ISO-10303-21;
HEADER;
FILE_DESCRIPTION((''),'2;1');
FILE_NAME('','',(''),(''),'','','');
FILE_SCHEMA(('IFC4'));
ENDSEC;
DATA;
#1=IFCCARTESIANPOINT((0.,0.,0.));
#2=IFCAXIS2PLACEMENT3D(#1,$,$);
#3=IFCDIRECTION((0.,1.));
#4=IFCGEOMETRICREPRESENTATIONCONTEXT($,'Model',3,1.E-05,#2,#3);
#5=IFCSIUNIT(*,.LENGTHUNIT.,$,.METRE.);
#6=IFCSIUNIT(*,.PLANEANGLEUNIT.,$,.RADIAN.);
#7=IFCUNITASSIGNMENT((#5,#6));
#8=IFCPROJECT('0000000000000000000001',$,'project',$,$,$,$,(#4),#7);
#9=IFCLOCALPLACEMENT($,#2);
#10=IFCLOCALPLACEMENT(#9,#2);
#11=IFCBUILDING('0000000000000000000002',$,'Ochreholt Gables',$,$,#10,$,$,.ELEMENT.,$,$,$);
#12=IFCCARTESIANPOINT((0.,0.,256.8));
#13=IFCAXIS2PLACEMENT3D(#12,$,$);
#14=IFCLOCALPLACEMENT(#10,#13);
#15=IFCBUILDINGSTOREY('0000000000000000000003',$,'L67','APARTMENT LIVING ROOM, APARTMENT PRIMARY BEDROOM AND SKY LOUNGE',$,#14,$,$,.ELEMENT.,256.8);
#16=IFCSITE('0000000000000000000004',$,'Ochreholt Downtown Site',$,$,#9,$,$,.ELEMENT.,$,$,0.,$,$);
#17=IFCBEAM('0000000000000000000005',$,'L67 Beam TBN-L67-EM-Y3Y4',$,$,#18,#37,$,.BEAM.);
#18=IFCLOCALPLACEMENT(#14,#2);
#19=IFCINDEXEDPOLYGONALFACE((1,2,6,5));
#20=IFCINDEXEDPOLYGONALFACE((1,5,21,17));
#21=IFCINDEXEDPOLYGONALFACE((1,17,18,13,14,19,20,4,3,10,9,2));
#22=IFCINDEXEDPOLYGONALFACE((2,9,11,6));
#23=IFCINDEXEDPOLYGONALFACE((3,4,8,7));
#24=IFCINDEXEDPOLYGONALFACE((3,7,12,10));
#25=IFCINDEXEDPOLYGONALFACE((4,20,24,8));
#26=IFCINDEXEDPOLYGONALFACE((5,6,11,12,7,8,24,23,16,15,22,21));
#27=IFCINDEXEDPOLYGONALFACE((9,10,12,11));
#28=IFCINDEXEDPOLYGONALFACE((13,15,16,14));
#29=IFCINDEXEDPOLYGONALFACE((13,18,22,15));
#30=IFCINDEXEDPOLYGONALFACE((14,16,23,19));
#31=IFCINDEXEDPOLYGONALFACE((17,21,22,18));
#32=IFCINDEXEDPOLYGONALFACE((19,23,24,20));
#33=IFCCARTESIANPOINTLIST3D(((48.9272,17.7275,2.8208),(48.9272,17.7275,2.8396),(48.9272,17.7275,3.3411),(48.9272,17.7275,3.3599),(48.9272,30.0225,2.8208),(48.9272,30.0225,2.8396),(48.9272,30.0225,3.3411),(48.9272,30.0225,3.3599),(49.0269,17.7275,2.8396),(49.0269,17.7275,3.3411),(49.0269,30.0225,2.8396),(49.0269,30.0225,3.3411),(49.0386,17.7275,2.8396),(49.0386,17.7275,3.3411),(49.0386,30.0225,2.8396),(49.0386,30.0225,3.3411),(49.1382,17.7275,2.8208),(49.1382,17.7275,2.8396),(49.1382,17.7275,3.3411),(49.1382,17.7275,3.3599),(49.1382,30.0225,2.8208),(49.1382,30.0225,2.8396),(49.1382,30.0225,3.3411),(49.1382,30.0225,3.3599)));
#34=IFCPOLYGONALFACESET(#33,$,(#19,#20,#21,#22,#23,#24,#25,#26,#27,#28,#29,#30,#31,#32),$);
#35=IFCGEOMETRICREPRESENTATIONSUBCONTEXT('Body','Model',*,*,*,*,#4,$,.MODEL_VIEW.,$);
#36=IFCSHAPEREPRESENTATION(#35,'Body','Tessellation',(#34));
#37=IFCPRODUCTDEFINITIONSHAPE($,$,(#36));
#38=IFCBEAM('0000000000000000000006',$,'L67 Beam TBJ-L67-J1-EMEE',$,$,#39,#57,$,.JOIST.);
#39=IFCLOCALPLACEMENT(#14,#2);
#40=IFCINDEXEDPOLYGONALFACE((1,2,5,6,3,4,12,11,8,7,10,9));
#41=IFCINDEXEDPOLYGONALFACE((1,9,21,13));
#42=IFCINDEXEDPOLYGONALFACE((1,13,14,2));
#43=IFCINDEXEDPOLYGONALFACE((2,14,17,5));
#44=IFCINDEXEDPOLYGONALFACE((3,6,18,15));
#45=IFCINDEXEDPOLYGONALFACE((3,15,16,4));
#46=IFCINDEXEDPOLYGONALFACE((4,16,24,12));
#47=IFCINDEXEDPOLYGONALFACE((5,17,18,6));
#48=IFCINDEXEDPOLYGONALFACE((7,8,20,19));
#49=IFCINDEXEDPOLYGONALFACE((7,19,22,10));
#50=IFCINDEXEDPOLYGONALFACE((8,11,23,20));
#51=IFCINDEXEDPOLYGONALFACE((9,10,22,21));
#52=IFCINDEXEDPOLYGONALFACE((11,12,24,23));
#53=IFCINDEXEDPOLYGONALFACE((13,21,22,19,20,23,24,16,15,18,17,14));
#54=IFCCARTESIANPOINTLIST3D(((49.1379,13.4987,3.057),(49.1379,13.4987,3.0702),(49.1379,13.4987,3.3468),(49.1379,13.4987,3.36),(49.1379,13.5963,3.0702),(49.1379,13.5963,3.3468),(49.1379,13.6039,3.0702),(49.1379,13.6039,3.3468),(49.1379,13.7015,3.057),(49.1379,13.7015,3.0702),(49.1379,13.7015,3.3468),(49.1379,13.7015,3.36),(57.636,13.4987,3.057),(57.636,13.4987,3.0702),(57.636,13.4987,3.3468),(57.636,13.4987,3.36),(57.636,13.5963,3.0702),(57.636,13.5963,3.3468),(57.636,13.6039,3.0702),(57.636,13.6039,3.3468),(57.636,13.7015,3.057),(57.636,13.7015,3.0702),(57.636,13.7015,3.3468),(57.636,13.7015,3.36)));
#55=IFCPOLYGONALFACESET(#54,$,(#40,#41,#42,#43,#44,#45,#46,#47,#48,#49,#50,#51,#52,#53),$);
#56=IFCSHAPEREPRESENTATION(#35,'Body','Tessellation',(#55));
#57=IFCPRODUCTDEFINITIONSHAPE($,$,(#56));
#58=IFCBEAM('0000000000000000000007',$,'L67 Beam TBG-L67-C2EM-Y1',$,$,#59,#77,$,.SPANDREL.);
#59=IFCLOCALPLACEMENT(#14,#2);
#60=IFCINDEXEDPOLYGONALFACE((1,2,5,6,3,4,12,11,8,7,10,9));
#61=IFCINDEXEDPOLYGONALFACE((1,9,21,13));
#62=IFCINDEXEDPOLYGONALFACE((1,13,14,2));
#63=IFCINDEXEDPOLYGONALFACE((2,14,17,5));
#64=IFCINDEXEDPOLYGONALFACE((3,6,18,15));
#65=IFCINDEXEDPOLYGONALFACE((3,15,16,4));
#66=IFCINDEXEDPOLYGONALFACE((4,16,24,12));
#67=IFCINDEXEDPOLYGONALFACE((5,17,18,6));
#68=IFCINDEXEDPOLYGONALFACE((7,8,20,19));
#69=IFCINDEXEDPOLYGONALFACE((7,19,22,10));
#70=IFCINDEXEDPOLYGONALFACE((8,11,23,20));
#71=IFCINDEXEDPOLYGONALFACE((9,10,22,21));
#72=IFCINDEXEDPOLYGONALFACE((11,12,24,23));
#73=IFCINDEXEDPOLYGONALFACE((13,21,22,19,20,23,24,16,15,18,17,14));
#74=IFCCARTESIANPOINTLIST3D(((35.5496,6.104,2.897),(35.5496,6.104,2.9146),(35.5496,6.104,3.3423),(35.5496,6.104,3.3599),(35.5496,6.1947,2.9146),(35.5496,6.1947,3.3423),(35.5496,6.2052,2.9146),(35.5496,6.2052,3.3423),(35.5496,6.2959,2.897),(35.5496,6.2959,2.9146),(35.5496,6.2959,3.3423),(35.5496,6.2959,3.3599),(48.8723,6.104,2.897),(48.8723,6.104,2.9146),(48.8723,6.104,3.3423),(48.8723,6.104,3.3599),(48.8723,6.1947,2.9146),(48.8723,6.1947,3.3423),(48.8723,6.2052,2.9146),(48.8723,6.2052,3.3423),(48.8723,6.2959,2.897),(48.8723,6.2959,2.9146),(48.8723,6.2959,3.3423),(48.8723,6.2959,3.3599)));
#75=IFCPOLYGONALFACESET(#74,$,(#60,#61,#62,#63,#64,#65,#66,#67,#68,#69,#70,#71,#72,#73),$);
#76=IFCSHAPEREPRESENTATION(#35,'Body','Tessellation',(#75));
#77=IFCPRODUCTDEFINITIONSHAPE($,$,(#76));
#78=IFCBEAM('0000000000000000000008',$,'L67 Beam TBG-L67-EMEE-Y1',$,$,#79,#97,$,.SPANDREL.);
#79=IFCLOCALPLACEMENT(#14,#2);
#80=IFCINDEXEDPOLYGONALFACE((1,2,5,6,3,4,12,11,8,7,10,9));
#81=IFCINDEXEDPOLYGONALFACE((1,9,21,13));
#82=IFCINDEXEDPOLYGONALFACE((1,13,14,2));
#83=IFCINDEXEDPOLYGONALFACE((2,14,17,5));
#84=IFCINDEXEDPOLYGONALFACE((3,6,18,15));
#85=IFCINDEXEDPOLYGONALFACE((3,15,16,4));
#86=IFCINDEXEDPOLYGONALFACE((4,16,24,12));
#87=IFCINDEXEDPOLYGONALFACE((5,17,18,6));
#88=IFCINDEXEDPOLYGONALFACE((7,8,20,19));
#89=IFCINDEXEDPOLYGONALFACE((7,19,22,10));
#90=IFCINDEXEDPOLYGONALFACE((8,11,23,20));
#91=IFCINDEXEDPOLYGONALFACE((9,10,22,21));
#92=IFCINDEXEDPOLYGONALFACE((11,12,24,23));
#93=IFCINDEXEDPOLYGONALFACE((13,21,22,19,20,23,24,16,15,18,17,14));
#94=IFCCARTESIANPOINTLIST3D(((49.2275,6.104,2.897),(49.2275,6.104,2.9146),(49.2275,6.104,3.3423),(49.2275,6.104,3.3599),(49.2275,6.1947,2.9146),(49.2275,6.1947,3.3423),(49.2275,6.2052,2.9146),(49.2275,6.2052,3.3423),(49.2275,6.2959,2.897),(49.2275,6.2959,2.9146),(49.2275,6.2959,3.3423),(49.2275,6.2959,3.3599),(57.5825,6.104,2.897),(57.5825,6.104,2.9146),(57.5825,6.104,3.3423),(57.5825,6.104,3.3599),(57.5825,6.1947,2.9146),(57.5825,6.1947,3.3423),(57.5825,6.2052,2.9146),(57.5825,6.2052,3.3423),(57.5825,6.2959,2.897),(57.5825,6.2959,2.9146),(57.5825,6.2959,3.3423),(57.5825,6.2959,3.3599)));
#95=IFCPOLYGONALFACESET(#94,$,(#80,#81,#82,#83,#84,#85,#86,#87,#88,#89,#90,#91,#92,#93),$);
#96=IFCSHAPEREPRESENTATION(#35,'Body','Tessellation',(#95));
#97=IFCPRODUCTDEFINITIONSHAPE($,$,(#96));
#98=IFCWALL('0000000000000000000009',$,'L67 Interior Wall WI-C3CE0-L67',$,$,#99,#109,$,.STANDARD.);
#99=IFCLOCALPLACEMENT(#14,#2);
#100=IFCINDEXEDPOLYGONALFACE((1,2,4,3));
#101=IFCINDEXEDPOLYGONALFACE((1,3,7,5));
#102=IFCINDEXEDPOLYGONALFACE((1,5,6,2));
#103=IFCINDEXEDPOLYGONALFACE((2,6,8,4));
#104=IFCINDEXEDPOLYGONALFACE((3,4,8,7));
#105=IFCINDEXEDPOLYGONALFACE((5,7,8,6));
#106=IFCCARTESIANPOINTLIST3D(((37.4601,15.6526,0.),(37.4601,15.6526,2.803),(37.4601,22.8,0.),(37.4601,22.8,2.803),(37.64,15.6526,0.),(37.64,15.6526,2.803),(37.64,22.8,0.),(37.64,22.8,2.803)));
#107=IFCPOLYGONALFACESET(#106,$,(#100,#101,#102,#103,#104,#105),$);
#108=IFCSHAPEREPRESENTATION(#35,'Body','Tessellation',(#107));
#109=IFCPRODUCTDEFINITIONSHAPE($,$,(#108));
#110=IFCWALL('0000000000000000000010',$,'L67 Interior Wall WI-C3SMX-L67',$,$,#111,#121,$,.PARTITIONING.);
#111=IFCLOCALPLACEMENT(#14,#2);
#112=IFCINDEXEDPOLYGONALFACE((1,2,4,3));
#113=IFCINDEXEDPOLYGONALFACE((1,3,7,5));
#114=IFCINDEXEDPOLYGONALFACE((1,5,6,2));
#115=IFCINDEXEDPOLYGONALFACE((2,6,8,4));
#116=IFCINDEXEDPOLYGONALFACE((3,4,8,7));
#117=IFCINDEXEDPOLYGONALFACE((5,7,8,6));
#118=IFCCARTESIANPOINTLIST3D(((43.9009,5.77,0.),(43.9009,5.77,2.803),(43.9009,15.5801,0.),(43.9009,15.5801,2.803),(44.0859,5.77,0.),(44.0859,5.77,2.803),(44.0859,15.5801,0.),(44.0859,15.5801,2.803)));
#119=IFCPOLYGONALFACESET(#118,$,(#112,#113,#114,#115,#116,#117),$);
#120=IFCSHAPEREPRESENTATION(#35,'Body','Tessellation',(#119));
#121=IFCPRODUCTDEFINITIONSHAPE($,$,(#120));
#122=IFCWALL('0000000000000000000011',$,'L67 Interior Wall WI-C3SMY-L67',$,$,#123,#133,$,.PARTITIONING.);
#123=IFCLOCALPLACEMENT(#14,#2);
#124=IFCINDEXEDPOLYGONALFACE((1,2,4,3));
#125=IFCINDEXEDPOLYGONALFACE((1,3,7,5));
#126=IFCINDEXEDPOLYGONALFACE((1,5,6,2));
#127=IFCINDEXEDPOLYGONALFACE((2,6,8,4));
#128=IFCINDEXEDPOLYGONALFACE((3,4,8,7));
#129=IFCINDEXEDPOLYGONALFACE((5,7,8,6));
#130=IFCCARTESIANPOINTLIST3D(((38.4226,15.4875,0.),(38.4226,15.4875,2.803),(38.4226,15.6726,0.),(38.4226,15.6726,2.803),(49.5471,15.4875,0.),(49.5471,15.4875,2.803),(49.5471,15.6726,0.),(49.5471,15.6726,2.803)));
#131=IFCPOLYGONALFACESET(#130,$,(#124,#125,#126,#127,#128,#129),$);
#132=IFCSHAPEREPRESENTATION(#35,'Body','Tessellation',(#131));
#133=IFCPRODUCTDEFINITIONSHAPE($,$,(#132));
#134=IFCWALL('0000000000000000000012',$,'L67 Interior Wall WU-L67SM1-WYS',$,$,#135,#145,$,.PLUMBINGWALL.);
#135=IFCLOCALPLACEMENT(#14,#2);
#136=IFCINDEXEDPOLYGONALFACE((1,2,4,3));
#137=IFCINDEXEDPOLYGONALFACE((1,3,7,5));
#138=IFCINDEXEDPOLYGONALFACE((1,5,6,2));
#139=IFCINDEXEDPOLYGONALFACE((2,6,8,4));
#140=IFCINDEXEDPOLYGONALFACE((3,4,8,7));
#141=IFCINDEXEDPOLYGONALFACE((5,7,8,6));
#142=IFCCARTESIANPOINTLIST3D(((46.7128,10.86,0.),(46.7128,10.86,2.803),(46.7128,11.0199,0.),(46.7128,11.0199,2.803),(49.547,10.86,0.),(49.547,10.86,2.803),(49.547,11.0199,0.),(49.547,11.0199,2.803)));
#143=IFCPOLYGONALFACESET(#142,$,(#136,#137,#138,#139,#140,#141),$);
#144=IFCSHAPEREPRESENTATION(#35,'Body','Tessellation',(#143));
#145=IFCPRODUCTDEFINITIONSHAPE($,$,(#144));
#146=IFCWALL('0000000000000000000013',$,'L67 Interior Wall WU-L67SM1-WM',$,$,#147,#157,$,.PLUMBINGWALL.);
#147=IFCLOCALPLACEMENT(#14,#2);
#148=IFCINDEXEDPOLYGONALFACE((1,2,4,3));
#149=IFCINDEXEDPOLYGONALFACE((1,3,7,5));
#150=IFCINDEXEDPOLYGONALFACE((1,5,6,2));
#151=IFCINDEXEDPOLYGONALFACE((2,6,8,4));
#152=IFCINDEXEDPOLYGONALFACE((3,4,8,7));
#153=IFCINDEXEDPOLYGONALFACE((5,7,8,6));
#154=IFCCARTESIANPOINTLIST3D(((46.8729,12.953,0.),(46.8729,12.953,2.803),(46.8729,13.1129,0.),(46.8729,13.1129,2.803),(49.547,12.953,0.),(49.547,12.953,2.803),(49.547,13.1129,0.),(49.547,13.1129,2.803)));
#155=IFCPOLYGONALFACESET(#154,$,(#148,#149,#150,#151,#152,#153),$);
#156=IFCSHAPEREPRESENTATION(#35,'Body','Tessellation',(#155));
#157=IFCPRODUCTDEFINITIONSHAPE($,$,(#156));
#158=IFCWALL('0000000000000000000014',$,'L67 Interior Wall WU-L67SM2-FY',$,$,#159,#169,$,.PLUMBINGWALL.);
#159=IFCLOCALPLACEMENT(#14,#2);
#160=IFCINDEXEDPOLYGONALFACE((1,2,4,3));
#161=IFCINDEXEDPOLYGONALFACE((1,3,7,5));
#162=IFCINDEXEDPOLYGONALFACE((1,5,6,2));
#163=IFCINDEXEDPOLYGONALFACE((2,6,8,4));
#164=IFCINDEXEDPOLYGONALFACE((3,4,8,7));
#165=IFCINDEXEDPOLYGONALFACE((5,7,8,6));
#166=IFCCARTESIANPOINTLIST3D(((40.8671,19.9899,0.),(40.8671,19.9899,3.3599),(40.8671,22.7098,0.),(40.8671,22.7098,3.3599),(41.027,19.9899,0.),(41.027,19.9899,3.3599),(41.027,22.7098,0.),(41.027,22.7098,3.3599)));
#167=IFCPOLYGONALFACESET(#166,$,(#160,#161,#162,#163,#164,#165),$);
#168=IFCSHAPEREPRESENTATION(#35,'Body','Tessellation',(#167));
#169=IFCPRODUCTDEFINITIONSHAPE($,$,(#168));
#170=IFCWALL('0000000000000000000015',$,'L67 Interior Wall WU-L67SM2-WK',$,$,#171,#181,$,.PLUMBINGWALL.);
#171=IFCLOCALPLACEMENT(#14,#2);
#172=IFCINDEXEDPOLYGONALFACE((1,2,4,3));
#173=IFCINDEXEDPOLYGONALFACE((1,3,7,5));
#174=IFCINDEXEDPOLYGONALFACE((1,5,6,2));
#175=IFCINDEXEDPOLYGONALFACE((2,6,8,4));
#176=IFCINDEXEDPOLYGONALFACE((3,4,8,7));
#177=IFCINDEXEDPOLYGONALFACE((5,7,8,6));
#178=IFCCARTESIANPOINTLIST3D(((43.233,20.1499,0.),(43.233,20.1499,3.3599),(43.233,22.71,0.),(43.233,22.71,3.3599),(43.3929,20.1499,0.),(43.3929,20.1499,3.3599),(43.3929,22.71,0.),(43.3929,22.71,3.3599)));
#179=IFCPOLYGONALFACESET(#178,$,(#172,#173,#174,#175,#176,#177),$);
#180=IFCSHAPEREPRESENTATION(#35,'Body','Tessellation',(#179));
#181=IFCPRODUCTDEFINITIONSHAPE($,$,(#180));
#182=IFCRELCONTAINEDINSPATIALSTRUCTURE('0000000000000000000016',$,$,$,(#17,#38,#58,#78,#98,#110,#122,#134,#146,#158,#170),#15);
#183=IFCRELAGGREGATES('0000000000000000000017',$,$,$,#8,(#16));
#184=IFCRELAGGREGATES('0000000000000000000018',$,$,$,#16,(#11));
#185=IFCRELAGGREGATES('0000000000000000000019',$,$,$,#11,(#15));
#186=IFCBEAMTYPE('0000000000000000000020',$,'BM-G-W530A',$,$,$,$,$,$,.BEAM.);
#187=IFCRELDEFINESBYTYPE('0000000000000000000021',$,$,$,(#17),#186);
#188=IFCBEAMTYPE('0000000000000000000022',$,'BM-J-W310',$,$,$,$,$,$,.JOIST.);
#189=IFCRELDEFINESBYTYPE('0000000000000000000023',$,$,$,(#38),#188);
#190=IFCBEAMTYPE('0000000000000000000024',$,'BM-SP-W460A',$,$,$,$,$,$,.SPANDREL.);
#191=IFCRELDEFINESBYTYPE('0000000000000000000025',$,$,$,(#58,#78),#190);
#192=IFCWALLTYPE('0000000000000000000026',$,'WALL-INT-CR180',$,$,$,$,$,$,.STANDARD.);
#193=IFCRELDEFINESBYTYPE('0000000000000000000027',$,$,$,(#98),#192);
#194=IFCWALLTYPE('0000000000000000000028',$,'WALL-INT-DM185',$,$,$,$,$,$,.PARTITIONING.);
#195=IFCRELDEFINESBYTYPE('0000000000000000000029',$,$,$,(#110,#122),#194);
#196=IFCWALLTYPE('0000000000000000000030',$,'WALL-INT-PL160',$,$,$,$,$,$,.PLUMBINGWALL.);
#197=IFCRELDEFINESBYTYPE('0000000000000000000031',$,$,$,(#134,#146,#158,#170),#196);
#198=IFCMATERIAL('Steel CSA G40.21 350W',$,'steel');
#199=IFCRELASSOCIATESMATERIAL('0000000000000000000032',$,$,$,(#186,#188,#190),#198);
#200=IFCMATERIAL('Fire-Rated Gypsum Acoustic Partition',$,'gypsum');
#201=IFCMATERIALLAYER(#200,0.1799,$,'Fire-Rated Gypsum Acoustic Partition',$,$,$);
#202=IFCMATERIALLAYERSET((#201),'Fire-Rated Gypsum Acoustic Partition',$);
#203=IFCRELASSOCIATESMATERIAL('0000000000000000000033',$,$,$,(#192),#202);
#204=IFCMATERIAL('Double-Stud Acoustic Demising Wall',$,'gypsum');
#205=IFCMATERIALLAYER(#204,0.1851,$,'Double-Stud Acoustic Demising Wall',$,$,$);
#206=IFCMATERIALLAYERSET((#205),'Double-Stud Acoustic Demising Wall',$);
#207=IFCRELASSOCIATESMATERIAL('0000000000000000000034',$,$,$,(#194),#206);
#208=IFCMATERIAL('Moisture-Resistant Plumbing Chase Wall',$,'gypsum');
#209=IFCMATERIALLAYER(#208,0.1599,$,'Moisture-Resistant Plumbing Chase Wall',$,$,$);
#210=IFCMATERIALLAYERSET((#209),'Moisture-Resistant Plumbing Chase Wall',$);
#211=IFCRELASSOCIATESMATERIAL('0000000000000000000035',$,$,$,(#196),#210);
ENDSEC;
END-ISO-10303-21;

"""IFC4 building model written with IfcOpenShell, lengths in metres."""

from ifc_helpers import new_model, si_unit, direction, frame, frame_2d, origin, origin_2d, place, context, subcontext, project, spatial, rectangle, i_section, extrude, material, layer, layer_set, material_profile, profile_set, type_object, element, save


model = new_model("IFC4")

# Units and contexts
model_context = context("Model", 3, precision=1e-05, world=origin(), true_north=direction((0.0, 1.0)))
body_context = subcontext(model_context, "Body", "Model", "MODEL_VIEW")
ifc_project = project(units=[si_unit("LENGTHUNIT", "METRE"), si_unit("PLANEANGLEUNIT", "RADIAN")], contexts=[model_context])

# Site, building, storey
site_placement = place(None, origin())
site = spatial("IfcSite", under=ifc_project, at=site_placement, Name="Ochreholt Downtown Site", CompositionType="ELEMENT", RefElevation=0.0)
building_placement = place(site_placement, origin())
building = spatial("IfcBuilding", under=site, at=building_placement, Name="Ochreholt Gables", CompositionType="ELEMENT")
storey_placement = place(building_placement, frame((0.0, 0.0, 256.8)))
storey = spatial("IfcBuildingStorey", under=building, at=storey_placement, Name="L67", Description="APARTMENT LIVING ROOM, APARTMENT PRIMARY BEDROOM AND SKY LOUNGE", CompositionType="ELEMENT", Elevation=256.8)

# Shared definitions
ifc_material_1 = material(Name="Steel CSA G40.21 350W", Category="steel")

# Beams
ifc_material_profile_1 = material_profile(ifc_material_1, i_section(OverallWidth=0.2109, OverallDepth=0.5391, WebThickness=0.0117, FlangeThickness=0.0188, at=origin_2d()), Name="W530X109")
ifc_profile_set_1 = profile_set([ifc_material_profile_1], Name="Steel CSA G40.21 350W")
beam_type_1 = type_object("IfcBeamType", Name="BM-G-W530A", PredefinedType="BEAM", material=ifc_profile_set_1)
beam_1_placement = place(storey_placement, frame((49.0327, 17.7275, 3.0903), z_axis=(0.0, 1.0, 0.0), x_axis=(-1.0, 0.0, 0.0)))
element("IfcBeam", 1, at=beam_1_placement, inside=storey, type_object=beam_type_1, Name="L67 Beam TBN-L67-EM-Y3Y4", PredefinedType="BEAM", context=body_context, shape_type="SweptSolid", body=[
    extrude(i_section(OverallWidth=0.2109, OverallDepth=0.5391, WebThickness=0.0117, FlangeThickness=0.0188, at=origin_2d()), origin(), (0.0, 0.0, 1.0), 12.2949),
])
ifc_material_profile_2 = material_profile(ifc_material_1, i_section(OverallWidth=0.2029, OverallDepth=0.303, WebThickness=0.0076, FlangeThickness=0.0132, at=origin_2d()), Name="W310X60")
ifc_profile_set_2 = profile_set([ifc_material_profile_2], Name="Steel CSA G40.21 350W")
beam_type_2 = type_object("IfcBeamType", Name="BM-J-W310", PredefinedType="JOIST", material=ifc_profile_set_2)
beam_2_placement = place(storey_placement, frame((49.1379, 13.6001, 3.2085), z_axis=(1.0, 0.0, 0.0), x_axis=(0.0, 1.0, 0.0)))
element("IfcBeam", 2, at=beam_2_placement, inside=storey, type_object=beam_type_2, Name="L67 Beam TBJ-L67-J1-EMEE", PredefinedType="JOIST", context=body_context, shape_type="SweptSolid", body=[
    extrude(i_section(OverallWidth=0.2029, OverallDepth=0.303, WebThickness=0.0076, FlangeThickness=0.0132, at=origin_2d()), origin(), (0.0, 0.0, 1.0), 8.498),
])
ifc_material_profile_3 = material_profile(ifc_material_1, i_section(OverallWidth=0.1919, OverallDepth=0.4629, WebThickness=0.0105, FlangeThickness=0.0176, at=origin_2d()), Name="W460X89")
ifc_profile_set_3 = profile_set([ifc_material_profile_3], Name="Steel CSA G40.21 350W")
beam_type_3 = type_object("IfcBeamType", Name="BM-SP-W460A", PredefinedType="SPANDREL", material=ifc_profile_set_3)
beam_3_placement = place(storey_placement, frame((35.5496, 6.2, 3.1284), z_axis=(1.0, 0.0, 0.0), x_axis=(0.0, 1.0, 0.0)))
element("IfcBeam", 3, at=beam_3_placement, inside=storey, type_object=beam_type_3, Name="L67 Beam TBG-L67-C2EM-Y1", PredefinedType="SPANDREL", context=body_context, shape_type="SweptSolid", body=[
    extrude(i_section(OverallWidth=0.1919, OverallDepth=0.4629, WebThickness=0.0105, FlangeThickness=0.0176, at=origin_2d()), origin(), (0.0, 0.0, 1.0), 13.3228),
])
beam_4_placement = place(storey_placement, frame((49.2275, 6.2, 3.1284), z_axis=(1.0, 0.0, 0.0), x_axis=(0.0, 1.0, 0.0)))
element("IfcBeam", 4, at=beam_4_placement, inside=storey, type_object=beam_type_3, Name="L67 Beam TBG-L67-EMEE-Y1", PredefinedType="SPANDREL", context=body_context, shape_type="SweptSolid", body=[
    extrude(i_section(OverallWidth=0.1919, OverallDepth=0.4629, WebThickness=0.0105, FlangeThickness=0.0176, at=origin_2d()), origin(), (0.0, 0.0, 1.0), 8.355),
])

# Walls
ifc_material_2 = material(Name="Fire-Rated Gypsum Acoustic Partition", Category="gypsum")
ifc_layer_1 = layer(ifc_material_2, 0.1799, Name="Fire-Rated Gypsum Acoustic Partition")
ifc_layer_set_1 = layer_set([ifc_layer_1], Name="Fire-Rated Gypsum Acoustic Partition")
wall_type_1 = type_object("IfcWallType", Name="WALL-INT-CR180", PredefinedType="STANDARD", material=ifc_layer_set_1)
wall_1_placement = place(storey_placement, frame((37.55, 15.6526, 0.0), z_axis=(0.0, 0.0, 1.0), x_axis=(0.0, 1.0, 0.0)))
element("IfcWall", 5, at=wall_1_placement, inside=storey, type_object=wall_type_1, Name="L67 Interior Wall WI-C3CE0-L67", PredefinedType="STANDARD", context=body_context, shape_type="SweptSolid", body=[
    extrude(rectangle(XDim=7.1475, YDim=0.1799, at=frame_2d((3.5737, 0.0))), origin(), (0.0, 0.0, 1.0), 2.803),
])
ifc_material_3 = material(Name="Double-Stud Acoustic Demising Wall", Category="gypsum")
ifc_layer_2 = layer(ifc_material_3, 0.1851, Name="Double-Stud Acoustic Demising Wall")
ifc_layer_set_2 = layer_set([ifc_layer_2], Name="Double-Stud Acoustic Demising Wall")
wall_type_2 = type_object("IfcWallType", Name="WALL-INT-DM185", PredefinedType="PARTITIONING", material=ifc_layer_set_2)
wall_2_placement = place(storey_placement, frame((43.9934, 5.77, 0.0), z_axis=(0.0, 0.0, 1.0), x_axis=(0.0, 1.0, 0.0)))
element("IfcWall", 6, at=wall_2_placement, inside=storey, type_object=wall_type_2, Name="L67 Interior Wall WI-C3SMX-L67", PredefinedType="PARTITIONING", context=body_context, shape_type="SweptSolid", body=[
    extrude(rectangle(XDim=9.8101, YDim=0.1851, at=frame_2d((4.905, 0.0))), origin(), (0.0, 0.0, 1.0), 2.803),
])
wall_3_placement = place(storey_placement, frame((38.4226, 15.5801, 0.0), z_axis=(0.0, 0.0, 1.0), x_axis=(1.0, 0.0, 0.0)))
element("IfcWall", 7, at=wall_3_placement, inside=storey, type_object=wall_type_2, Name="L67 Interior Wall WI-C3SMY-L67", PredefinedType="PARTITIONING", context=body_context, shape_type="SweptSolid", body=[
    extrude(rectangle(XDim=11.1245, YDim=0.1851, at=frame_2d((5.5623, 0.0))), origin(), (0.0, 0.0, 1.0), 2.803),
])
ifc_material_4 = material(Name="Moisture-Resistant Plumbing Chase Wall", Category="gypsum")
ifc_layer_3 = layer(ifc_material_4, 0.1599, Name="Moisture-Resistant Plumbing Chase Wall")
ifc_layer_set_3 = layer_set([ifc_layer_3], Name="Moisture-Resistant Plumbing Chase Wall")
wall_type_3 = type_object("IfcWallType", Name="WALL-INT-PL160", PredefinedType="PLUMBINGWALL", material=ifc_layer_set_3)
wall_4_placement = place(storey_placement, frame((46.7129, 10.9399, 0.0), z_axis=(0.0, 0.0, 1.0), x_axis=(1.0, 0.0, 0.0)))
element("IfcWall", 8, at=wall_4_placement, inside=storey, type_object=wall_type_3, Name="L67 Interior Wall WU-L67SM1-WYS", PredefinedType="PLUMBINGWALL", context=body_context, shape_type="SweptSolid", body=[
    extrude(rectangle(XDim=2.8342, YDim=0.1599, at=frame_2d((1.417, 0.0))), origin(), (0.0, 0.0, 1.0), 2.803),
])

# Wall
wall_5_placement = place(storey_placement, frame((46.873, 13.033, 0.0), z_axis=(0.0, 0.0, 1.0), x_axis=(1.0, 0.0, 0.0)))
element("IfcWall", 9, at=wall_5_placement, inside=storey, type_object=wall_type_3, Name="L67 Interior Wall WU-L67SM1-WM", PredefinedType="PLUMBINGWALL", context=body_context, shape_type="SweptSolid", body=[
    extrude(rectangle(XDim=2.6741, YDim=0.1599, at=frame_2d((1.3369, 0.0))), origin(), (0.0, 0.0, 1.0), 2.803),
])

# Walls
wall_6_placement = place(storey_placement, frame((40.947, 19.99, 0.0), z_axis=(0.0, 0.0, 1.0), x_axis=(0.0, 1.0, 0.0)))
element("IfcWall", 10, at=wall_6_placement, inside=storey, type_object=wall_type_3, Name="L67 Interior Wall WU-L67SM2-FY", PredefinedType="PLUMBINGWALL", context=body_context, shape_type="SweptSolid", body=[
    extrude(rectangle(XDim=2.72, YDim=0.1599, at=frame_2d((1.3599, 0.0))), origin(), (0.0, 0.0, 1.0), 3.3599),
])
wall_7_placement = place(storey_placement, frame((43.313, 20.1499, 0.0), z_axis=(0.0, 0.0, 1.0), x_axis=(0.0, 1.0, 0.0)))
element("IfcWall", 11, at=wall_7_placement, inside=storey, type_object=wall_type_3, Name="L67 Interior Wall WU-L67SM2-WK", PredefinedType="PLUMBINGWALL", context=body_context, shape_type="SweptSolid", body=[
    extrude(rectangle(XDim=2.5601, YDim=0.1599, at=frame_2d((1.28, 0.0))), origin(), (0.0, 0.0, 1.0), 3.3599),
])

save(model, "model.ifc")
